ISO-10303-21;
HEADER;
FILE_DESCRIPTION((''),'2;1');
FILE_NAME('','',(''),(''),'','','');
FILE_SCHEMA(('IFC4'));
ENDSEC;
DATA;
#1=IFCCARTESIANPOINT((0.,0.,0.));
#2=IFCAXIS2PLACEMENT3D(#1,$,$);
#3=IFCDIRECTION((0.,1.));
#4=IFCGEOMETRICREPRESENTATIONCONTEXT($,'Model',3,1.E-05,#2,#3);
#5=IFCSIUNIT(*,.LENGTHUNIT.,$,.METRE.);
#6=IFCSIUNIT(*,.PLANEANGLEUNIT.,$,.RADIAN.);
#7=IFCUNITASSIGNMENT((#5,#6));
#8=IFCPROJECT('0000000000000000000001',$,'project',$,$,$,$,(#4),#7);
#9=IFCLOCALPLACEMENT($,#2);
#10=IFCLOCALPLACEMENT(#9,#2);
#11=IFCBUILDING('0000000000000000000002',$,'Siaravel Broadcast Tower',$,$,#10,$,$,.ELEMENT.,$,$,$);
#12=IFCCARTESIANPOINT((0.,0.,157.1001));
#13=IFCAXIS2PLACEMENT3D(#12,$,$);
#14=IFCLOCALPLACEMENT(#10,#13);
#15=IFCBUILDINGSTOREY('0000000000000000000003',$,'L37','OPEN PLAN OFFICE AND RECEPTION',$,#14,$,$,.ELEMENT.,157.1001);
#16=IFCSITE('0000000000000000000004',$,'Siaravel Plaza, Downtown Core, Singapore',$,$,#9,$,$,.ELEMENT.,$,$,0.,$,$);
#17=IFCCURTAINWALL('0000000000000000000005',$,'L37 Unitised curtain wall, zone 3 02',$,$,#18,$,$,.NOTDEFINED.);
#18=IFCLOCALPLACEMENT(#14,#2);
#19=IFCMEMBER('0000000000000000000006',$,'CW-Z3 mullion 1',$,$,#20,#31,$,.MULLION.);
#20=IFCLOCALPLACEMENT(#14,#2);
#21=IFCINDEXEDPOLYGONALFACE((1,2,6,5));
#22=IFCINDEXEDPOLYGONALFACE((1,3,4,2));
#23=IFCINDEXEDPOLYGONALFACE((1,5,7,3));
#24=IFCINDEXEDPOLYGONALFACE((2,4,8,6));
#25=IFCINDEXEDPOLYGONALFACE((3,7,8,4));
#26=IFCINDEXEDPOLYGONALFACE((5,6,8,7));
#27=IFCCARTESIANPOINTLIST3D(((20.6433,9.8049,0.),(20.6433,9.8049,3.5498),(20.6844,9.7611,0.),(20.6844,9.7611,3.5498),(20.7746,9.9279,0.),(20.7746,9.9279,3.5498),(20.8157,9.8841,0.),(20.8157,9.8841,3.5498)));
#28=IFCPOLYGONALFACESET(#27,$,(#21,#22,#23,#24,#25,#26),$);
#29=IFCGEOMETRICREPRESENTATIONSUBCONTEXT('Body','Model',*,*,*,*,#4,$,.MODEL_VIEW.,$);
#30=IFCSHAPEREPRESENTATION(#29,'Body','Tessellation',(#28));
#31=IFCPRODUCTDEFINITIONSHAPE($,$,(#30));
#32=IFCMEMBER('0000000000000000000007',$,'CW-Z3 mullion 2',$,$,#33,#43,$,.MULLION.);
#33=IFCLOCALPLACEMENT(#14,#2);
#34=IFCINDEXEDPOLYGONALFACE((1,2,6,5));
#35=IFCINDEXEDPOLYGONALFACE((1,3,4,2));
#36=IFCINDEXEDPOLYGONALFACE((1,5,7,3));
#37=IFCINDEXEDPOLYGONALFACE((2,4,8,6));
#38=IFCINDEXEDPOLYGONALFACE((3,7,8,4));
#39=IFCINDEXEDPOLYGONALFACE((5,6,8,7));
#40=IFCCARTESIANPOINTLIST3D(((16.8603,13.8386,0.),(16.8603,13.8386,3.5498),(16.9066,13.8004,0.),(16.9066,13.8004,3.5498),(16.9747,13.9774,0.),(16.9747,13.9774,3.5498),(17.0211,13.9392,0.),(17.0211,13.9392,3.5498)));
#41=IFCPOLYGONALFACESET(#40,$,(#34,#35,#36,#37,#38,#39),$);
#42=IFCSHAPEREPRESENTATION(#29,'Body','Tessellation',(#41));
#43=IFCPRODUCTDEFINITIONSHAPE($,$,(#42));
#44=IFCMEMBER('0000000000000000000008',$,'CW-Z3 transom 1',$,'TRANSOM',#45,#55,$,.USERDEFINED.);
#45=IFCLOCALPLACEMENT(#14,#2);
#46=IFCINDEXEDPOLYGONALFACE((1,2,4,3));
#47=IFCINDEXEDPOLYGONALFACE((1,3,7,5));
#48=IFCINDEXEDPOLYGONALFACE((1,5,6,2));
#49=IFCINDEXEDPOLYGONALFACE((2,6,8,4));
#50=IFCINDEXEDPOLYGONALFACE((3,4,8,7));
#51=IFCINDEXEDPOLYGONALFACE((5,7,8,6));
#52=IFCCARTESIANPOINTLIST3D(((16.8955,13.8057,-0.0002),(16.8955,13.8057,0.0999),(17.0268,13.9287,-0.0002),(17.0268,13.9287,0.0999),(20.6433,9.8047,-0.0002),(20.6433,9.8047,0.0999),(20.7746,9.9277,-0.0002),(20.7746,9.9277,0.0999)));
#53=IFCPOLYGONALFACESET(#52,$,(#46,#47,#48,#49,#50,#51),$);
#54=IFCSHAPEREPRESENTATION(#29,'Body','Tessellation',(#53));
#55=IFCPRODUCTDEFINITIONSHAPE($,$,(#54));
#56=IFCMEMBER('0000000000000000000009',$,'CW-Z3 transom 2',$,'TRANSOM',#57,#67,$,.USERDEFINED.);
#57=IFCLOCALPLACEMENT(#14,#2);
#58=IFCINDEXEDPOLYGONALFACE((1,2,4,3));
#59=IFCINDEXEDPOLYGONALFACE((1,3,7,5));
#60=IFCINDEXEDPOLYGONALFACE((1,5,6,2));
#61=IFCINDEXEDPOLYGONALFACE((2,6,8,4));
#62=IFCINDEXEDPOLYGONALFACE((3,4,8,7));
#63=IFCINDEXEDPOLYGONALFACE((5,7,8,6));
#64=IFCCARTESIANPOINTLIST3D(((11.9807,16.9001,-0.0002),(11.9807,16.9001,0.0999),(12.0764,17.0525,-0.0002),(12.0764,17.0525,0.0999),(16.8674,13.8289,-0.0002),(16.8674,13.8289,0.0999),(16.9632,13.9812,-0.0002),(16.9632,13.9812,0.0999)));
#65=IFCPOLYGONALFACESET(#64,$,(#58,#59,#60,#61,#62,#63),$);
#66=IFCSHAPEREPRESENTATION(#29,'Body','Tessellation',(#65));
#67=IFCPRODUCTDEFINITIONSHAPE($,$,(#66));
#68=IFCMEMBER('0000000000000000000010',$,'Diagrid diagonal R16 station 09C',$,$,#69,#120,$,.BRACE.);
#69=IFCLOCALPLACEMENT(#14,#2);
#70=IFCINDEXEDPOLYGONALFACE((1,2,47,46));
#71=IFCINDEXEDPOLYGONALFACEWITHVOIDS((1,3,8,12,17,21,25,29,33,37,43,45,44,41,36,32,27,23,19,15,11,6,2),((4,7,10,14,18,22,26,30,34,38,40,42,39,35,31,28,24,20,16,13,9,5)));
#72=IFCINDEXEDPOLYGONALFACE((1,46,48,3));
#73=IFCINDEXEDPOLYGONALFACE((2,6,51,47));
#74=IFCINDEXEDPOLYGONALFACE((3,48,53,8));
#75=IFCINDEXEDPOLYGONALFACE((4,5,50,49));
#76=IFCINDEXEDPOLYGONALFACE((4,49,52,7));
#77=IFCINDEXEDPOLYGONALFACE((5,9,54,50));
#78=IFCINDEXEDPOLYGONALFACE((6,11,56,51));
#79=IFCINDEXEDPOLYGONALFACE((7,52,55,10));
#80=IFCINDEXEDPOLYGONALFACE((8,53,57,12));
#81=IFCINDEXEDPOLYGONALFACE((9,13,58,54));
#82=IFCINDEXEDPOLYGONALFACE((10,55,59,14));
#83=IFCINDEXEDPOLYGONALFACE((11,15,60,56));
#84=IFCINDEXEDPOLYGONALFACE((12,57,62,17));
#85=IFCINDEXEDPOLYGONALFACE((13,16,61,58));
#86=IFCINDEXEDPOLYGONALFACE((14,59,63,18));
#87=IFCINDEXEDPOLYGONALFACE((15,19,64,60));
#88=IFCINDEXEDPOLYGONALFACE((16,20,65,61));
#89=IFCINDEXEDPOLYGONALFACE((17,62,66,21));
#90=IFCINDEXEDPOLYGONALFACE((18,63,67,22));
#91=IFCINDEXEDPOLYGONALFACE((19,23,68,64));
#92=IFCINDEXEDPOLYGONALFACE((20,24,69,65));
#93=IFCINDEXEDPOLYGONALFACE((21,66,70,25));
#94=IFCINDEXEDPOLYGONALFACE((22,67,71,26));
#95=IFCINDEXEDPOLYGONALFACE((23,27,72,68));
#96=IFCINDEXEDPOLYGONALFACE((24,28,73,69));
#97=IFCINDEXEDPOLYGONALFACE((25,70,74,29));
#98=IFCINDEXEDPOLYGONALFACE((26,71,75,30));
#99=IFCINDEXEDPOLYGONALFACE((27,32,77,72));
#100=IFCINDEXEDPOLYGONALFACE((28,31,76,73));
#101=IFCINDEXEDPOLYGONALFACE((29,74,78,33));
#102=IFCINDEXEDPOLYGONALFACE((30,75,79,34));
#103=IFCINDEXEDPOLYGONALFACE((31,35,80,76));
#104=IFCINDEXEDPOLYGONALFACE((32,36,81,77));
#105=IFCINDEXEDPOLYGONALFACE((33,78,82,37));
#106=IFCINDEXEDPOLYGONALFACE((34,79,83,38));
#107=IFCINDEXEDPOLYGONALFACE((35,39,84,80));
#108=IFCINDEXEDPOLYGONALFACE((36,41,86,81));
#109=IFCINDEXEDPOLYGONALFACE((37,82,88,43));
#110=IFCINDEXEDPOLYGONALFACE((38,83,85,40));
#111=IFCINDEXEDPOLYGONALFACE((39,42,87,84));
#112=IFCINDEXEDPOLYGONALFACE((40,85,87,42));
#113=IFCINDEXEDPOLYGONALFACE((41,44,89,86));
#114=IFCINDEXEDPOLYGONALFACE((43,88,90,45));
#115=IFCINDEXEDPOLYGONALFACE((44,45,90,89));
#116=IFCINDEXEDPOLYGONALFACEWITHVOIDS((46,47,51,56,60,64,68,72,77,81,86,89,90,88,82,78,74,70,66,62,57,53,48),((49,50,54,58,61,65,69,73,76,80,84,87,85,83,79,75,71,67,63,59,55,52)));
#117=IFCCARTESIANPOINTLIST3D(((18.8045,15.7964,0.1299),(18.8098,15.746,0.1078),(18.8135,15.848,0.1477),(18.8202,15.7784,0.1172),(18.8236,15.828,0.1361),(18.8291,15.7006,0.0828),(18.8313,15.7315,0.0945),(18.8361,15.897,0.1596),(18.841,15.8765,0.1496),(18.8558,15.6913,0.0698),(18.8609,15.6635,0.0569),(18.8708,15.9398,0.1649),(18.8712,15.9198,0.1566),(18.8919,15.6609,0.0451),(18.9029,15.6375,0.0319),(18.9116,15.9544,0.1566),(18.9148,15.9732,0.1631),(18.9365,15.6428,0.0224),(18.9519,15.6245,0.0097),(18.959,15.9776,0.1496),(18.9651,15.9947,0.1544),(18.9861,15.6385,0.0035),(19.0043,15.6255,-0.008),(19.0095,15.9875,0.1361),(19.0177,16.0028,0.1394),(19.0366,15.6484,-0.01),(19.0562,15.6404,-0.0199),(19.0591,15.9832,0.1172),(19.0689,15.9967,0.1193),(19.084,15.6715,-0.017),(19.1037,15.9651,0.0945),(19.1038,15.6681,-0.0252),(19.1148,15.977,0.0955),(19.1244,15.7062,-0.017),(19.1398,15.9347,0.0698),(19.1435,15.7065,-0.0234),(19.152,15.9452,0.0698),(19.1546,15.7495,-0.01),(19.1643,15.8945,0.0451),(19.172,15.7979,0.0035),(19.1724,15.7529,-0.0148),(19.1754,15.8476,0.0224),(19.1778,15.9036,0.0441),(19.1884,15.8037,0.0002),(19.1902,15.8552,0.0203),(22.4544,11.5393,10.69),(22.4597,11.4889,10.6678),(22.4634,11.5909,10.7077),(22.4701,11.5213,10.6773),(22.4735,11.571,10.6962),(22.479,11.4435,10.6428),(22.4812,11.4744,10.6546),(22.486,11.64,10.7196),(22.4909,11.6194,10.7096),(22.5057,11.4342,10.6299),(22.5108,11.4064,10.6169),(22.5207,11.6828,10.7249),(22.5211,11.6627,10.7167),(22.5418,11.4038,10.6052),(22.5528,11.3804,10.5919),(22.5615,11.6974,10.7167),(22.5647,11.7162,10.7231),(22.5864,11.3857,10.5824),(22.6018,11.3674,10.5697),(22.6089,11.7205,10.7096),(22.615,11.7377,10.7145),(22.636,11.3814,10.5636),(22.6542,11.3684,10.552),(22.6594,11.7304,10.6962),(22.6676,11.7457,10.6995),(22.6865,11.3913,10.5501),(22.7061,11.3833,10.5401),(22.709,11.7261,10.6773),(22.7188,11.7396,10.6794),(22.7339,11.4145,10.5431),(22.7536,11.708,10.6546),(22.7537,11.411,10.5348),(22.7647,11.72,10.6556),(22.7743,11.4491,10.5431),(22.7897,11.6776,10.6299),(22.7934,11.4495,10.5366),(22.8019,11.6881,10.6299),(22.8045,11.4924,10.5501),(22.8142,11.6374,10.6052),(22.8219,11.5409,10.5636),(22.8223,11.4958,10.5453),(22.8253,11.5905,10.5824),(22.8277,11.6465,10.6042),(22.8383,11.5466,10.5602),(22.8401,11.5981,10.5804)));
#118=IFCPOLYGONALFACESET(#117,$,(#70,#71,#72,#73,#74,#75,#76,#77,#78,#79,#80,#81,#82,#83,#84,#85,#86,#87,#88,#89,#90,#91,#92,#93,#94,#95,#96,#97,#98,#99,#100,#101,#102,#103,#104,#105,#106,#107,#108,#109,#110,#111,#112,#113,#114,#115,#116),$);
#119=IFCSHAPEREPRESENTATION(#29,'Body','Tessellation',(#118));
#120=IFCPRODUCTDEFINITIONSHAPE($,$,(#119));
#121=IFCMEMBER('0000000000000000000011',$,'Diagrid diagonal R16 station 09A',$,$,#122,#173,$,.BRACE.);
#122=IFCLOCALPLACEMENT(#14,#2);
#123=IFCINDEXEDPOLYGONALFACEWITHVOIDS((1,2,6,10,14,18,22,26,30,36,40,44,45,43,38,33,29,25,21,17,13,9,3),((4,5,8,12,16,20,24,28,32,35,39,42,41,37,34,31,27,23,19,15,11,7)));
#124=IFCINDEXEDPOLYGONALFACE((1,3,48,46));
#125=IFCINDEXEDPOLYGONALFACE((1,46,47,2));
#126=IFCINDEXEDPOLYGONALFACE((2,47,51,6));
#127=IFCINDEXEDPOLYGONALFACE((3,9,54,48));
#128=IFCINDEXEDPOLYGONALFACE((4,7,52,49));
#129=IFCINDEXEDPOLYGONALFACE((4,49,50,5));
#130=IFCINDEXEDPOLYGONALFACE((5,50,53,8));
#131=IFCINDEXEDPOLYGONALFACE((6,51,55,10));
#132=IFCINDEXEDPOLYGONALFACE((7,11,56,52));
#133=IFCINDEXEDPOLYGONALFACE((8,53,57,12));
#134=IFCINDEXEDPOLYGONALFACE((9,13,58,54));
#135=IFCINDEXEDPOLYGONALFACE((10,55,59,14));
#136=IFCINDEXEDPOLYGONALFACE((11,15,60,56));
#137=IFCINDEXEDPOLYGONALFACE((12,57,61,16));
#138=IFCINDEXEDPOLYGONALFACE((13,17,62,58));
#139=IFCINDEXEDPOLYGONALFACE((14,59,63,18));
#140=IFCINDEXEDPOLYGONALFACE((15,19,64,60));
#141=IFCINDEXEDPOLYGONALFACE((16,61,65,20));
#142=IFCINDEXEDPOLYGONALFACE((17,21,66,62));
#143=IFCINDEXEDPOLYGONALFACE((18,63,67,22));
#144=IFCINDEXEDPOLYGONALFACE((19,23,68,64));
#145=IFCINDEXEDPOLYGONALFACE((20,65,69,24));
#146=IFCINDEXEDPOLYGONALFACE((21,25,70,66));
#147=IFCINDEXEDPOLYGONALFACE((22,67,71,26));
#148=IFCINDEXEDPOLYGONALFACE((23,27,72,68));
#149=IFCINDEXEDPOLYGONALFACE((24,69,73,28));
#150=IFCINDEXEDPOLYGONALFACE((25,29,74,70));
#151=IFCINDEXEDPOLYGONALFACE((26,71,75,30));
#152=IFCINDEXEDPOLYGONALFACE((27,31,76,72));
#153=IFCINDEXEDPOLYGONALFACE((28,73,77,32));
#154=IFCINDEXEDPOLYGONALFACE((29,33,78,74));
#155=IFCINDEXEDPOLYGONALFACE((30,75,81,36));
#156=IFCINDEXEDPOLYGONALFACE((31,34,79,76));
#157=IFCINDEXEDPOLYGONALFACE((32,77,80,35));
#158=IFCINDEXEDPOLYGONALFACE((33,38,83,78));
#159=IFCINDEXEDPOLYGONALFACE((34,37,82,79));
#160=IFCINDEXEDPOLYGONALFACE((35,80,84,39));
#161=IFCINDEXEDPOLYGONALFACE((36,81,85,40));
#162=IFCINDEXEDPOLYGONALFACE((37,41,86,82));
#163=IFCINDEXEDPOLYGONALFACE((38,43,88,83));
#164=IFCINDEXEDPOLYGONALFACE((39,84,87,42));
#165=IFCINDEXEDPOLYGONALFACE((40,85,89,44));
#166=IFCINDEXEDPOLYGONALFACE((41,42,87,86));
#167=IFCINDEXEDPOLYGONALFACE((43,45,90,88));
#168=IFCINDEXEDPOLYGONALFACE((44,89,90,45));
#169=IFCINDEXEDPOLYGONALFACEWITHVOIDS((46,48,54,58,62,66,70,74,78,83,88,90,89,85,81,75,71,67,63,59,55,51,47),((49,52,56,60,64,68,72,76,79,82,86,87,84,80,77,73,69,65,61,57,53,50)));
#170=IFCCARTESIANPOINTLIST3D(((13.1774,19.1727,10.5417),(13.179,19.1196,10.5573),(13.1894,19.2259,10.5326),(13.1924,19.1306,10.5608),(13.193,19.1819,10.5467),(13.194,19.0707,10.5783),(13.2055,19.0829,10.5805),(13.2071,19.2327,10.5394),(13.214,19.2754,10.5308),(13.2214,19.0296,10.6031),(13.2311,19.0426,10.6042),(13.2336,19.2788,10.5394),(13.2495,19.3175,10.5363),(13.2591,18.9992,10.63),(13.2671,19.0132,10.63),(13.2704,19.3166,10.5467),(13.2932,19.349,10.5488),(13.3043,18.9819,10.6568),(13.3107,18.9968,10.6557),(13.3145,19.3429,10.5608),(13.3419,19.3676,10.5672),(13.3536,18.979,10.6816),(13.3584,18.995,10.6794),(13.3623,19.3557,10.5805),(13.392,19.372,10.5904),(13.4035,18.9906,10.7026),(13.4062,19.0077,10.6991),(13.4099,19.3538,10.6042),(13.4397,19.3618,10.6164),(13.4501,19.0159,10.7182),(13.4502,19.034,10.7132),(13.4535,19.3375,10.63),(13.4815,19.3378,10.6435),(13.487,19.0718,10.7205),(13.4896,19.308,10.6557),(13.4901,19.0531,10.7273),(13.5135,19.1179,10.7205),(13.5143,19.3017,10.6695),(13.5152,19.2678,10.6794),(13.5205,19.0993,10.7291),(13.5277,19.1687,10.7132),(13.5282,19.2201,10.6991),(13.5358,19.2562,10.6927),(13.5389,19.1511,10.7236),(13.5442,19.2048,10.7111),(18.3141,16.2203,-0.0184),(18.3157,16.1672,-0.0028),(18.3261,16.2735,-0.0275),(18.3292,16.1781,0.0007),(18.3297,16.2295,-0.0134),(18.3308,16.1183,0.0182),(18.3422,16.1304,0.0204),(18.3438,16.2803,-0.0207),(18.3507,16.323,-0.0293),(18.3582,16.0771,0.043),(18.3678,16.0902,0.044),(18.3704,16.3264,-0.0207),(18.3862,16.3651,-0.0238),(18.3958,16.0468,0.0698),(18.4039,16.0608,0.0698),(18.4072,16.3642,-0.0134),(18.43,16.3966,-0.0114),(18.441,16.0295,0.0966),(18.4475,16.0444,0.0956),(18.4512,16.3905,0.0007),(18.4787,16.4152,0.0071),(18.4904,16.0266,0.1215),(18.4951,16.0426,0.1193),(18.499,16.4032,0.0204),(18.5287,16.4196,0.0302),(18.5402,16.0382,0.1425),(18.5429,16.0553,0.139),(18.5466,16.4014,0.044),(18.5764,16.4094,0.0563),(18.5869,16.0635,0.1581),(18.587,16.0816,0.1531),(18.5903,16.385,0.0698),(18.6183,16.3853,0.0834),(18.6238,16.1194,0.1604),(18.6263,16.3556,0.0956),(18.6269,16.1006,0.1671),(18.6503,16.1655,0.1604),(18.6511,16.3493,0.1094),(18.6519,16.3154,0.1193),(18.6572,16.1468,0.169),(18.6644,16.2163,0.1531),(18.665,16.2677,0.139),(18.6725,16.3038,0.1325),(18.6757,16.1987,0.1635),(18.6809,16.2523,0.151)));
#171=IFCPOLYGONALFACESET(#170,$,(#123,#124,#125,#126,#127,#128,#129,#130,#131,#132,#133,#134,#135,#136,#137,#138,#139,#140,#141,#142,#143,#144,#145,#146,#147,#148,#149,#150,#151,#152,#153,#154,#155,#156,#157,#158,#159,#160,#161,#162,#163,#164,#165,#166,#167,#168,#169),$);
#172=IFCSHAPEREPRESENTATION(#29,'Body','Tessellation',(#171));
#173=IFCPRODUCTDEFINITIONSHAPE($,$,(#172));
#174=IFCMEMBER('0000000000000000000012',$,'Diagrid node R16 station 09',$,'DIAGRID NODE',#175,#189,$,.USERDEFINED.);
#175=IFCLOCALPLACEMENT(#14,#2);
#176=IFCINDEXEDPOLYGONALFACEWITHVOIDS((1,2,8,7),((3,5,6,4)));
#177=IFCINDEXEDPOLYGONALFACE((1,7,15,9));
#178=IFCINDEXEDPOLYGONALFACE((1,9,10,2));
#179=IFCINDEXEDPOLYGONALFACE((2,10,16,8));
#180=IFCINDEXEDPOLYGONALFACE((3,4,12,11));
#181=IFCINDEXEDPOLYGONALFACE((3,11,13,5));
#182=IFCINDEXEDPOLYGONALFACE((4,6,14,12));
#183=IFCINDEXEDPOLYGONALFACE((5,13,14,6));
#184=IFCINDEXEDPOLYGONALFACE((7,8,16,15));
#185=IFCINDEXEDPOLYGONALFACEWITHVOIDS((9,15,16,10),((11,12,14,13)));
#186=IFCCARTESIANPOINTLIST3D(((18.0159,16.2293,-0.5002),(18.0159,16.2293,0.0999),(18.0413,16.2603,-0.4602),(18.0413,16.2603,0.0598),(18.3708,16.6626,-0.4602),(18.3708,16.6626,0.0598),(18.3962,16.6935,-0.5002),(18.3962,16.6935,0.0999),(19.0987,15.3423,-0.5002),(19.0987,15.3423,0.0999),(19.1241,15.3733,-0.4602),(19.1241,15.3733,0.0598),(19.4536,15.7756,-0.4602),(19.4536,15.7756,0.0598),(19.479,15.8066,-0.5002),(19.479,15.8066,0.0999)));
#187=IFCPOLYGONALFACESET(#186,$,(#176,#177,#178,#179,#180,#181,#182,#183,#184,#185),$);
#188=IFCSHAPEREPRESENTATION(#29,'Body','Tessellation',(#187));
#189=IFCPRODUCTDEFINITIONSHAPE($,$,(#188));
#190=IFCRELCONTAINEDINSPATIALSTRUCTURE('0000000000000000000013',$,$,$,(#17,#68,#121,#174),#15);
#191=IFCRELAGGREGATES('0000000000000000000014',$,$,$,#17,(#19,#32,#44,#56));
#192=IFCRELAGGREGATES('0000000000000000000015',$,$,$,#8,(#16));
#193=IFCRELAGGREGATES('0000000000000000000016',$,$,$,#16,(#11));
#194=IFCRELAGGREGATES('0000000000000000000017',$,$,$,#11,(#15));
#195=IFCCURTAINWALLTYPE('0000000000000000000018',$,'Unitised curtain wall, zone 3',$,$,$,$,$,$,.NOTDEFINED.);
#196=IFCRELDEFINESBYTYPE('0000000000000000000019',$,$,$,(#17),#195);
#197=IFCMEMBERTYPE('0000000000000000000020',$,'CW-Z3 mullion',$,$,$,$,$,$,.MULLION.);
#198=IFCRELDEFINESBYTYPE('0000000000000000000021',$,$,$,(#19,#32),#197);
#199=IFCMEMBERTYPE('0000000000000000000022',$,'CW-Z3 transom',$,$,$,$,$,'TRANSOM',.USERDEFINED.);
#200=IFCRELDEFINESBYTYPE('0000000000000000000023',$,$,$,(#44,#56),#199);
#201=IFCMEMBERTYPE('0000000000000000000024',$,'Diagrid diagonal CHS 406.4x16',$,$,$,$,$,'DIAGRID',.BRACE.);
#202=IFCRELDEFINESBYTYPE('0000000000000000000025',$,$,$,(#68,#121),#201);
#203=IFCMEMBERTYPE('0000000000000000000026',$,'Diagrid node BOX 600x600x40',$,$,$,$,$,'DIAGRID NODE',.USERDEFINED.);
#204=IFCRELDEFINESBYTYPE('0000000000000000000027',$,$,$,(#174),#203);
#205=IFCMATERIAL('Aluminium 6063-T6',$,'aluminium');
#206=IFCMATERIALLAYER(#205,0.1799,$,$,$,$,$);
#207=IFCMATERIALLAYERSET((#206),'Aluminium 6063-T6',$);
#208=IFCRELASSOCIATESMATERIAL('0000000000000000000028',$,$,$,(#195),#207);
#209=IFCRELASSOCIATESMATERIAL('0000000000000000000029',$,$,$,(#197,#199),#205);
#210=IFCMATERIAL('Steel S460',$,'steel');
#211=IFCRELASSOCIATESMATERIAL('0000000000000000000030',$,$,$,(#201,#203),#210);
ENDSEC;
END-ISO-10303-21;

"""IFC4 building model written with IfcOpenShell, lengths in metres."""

from ifc_helpers import new_model, si_unit, direction, frame, origin, origin_2d, place, context, subcontext, project, spatial, rectangle, hollow_rectangle, hollow_circle, extrude, material, layer, layer_set, material_profile, profile_set, type_object, element, aggregate, save


model = new_model("IFC4")

# Units and contexts
model_context = context("Model", 3, precision=1e-05, world=origin(), true_north=direction((0.0, 1.0)))
body_context = subcontext(model_context, "Body", "Model", "MODEL_VIEW")
ifc_project = project(units=[si_unit("LENGTHUNIT", "METRE"), si_unit("PLANEANGLEUNIT", "RADIAN")], contexts=[model_context])

# Site, building, storey
site_placement = place(None, origin())
site = spatial("IfcSite", under=ifc_project, at=site_placement, Name="Siaravel Plaza, Downtown Core, Singapore", CompositionType="ELEMENT", RefElevation=0.0)
building_placement = place(site_placement, origin())
building = spatial("IfcBuilding", under=site, at=building_placement, Name="Siaravel Broadcast Tower", CompositionType="ELEMENT")
storey_placement = place(building_placement, frame((0.0, 0.0, 157.1001)))
storey = spatial("IfcBuildingStorey", under=building, at=storey_placement, Name="L37", Description="OPEN PLAN OFFICE AND RECEPTION", CompositionType="ELEMENT", Elevation=157.1001)

# Shared definitions
ifc_material_1 = material(Name="Aluminium 6063-T6", Category="aluminium")
ifc_layer_1 = layer(ifc_material_1, 0.1799)
ifc_layer_set_1 = layer_set([ifc_layer_1], Name="Aluminium 6063-T6")
curtain_wall_type = type_object("IfcCurtainWallType", Name="Unitised curtain wall, zone 3", PredefinedType="NOTDEFINED", material=ifc_layer_set_1)
ifc_material_profile_1 = material_profile(ifc_material_1, rectangle(XDim=0.1799, YDim=0.0601, at=origin_2d()))
ifc_profile_set_1 = profile_set([ifc_material_profile_1], Name="Aluminium 6063-T6")
member_type_1 = type_object("IfcMemberType", Name="CW-Z3 mullion", PredefinedType="MULLION", material=ifc_profile_set_1)

# Curtain wall, members
curtain_wall_1_placement = place(storey_placement, origin())
curtain_wall_1 = element("IfcCurtainWall", 1, at=curtain_wall_1_placement, inside=storey, type_object=curtain_wall_type, Name="L37 Unitised curtain wall, zone 3 02", PredefinedType="NOTDEFINED")
member_1_placement = place(storey_placement, frame((20.7295, 9.8445, 0.0), z_axis=(0.0, 0.0, 1.0), x_axis=(-0.729806, -0.683654, 0.0)))
member_1 = element("IfcMember", 2, at=member_1_placement, type_object=member_type_1, Name="CW-Z3 mullion 1", PredefinedType="MULLION", context=body_context, shape_type="SweptSolid", body=[
    extrude(rectangle(XDim=0.1799, YDim=0.0601, at=origin_2d()), origin(), (0.0, 0.0, 1.0), 3.5498),
])
member_2_placement = place(storey_placement, frame((16.9407, 13.8889, 0.0), z_axis=(0.0, 0.0, 1.0), x_axis=(-0.63622, -0.771508, 0.0)))
member_2 = element("IfcMember", 3, at=member_2_placement, type_object=member_type_1, Name="CW-Z3 mullion 2", PredefinedType="MULLION", context=body_context, shape_type="SweptSolid", body=[
    extrude(rectangle(XDim=0.1799, YDim=0.0601, at=origin_2d()), origin(), (0.0, 0.0, 1.0), 3.5498),
])
ifc_material_profile_2 = material_profile(ifc_material_1, rectangle(XDim=0.1799, YDim=0.1001, at=origin_2d()))
ifc_profile_set_2 = profile_set([ifc_material_profile_2], Name="Aluminium 6063-T6")
member_type_2 = type_object("IfcMemberType", Name="CW-Z3 transom", ElementType="TRANSOM", PredefinedType="USERDEFINED", material=ifc_profile_set_2)
member_3_placement = place(storey_placement, frame((20.709, 9.8662, 0.0498), z_axis=(-0.683639, 0.72982, 0.0), x_axis=(-0.72982, -0.683639, 0.0)))
member_3 = element("IfcMember", 4, at=member_3_placement, type_object=member_type_2, Name="CW-Z3 transom 1", ObjectType="TRANSOM", PredefinedType="USERDEFINED", context=body_context, shape_type="SweptSolid", body=[
    extrude(rectangle(XDim=0.1799, YDim=0.1001, at=origin_2d()), origin(), (0.0, 0.0, 1.0), 5.4822),
])
member_4_placement = place(storey_placement, frame((16.9153, 13.905, 0.0498), z_axis=(-0.846665, 0.532126, 0.0), x_axis=(-0.532126, -0.846665, 0.0)))
member_4 = element("IfcMember", 5, at=member_4_placement, type_object=member_type_2, Name="CW-Z3 transom 2", ObjectType="TRANSOM", PredefinedType="USERDEFINED", context=body_context, shape_type="SweptSolid", body=[
    extrude(rectangle(XDim=0.1799, YDim=0.1001, at=origin_2d()), origin(), (0.0, 0.0, 1.0), 5.7717),
])

# Members
ifc_material_2 = material(Name="Steel S460", Category="steel")
ifc_material_profile_3 = material_profile(ifc_material_2, hollow_circle(Radius=0.2031, WallThickness=0.0161, at=origin_2d()))
ifc_profile_set_3 = profile_set([ifc_material_profile_3], Name="Steel S460")
member_type_3 = type_object("IfcMemberType", Name="Diagrid diagonal CHS 406.4x16", ElementType="DIAGRID", PredefinedType="BRACE", material=ifc_profile_set_3)
member_5_placement = place(storey_placement, frame((18.9978, 15.813, 0.0698), z_axis=(0.305264, -0.356046, 0.883202), x_axis=(0.759171, 0.650892, 0.0)))
element("IfcMember", 6, at=member_5_placement, inside=storey, type_object=member_type_3, Name="Diagrid diagonal R16 station 09C", PredefinedType="BRACE", context=body_context, shape_type="SweptSolid", body=[
    extrude(hollow_circle(Radius=0.2031, WallThickness=0.0161, at=origin_2d()), origin(), (0.0, 0.0, 1.0), 11.9565),
])
member_6_placement = place(storey_placement, frame((18.4971, 16.2229, 0.0698), z_axis=(-0.424222, 0.243827, 0.872115), x_axis=(-0.498316, -0.866995, 0.0)))
element("IfcMember", 7, at=member_6_placement, inside=storey, type_object=member_type_3, Name="Diagrid diagonal R16 station 09A", PredefinedType="BRACE", context=body_context, shape_type="SweptSolid", body=[
    extrude(hollow_circle(Radius=0.2031, WallThickness=0.0161, at=origin_2d()), origin(), (0.0, 0.0, 1.0), 12.1086),
])
ifc_material_profile_4 = material_profile(ifc_material_2, hollow_rectangle(XDim=0.6001, YDim=0.6001, WallThickness=0.04, at=origin_2d()))
ifc_profile_set_4 = profile_set([ifc_material_profile_4], Name="Steel S460")
member_type_4 = type_object("IfcMemberType", Name="Diagrid node BOX 600x600x40", ElementType="DIAGRID NODE", PredefinedType="USERDEFINED", material=ifc_profile_set_4)
member_7_placement = place(storey_placement, frame((19.2888, 15.5745, -0.2002), z_axis=(-0.773584, 0.633694, 0.0), x_axis=(-0.633694, -0.773584, 0.0)))
element("IfcMember", 8, at=member_7_placement, inside=storey, type_object=member_type_4, Name="Diagrid node R16 station 09", ObjectType="DIAGRID NODE", PredefinedType="USERDEFINED", context=body_context, shape_type="SweptSolid", body=[
    extrude(hollow_rectangle(XDim=0.6001, YDim=0.6001, WallThickness=0.04, at=origin_2d()), origin(), (0.0, 0.0, 1.0), 1.3997),
])

aggregate(curtain_wall_1, [member_1, member_2, member_3, member_4])

save(model, "model.ifc")
